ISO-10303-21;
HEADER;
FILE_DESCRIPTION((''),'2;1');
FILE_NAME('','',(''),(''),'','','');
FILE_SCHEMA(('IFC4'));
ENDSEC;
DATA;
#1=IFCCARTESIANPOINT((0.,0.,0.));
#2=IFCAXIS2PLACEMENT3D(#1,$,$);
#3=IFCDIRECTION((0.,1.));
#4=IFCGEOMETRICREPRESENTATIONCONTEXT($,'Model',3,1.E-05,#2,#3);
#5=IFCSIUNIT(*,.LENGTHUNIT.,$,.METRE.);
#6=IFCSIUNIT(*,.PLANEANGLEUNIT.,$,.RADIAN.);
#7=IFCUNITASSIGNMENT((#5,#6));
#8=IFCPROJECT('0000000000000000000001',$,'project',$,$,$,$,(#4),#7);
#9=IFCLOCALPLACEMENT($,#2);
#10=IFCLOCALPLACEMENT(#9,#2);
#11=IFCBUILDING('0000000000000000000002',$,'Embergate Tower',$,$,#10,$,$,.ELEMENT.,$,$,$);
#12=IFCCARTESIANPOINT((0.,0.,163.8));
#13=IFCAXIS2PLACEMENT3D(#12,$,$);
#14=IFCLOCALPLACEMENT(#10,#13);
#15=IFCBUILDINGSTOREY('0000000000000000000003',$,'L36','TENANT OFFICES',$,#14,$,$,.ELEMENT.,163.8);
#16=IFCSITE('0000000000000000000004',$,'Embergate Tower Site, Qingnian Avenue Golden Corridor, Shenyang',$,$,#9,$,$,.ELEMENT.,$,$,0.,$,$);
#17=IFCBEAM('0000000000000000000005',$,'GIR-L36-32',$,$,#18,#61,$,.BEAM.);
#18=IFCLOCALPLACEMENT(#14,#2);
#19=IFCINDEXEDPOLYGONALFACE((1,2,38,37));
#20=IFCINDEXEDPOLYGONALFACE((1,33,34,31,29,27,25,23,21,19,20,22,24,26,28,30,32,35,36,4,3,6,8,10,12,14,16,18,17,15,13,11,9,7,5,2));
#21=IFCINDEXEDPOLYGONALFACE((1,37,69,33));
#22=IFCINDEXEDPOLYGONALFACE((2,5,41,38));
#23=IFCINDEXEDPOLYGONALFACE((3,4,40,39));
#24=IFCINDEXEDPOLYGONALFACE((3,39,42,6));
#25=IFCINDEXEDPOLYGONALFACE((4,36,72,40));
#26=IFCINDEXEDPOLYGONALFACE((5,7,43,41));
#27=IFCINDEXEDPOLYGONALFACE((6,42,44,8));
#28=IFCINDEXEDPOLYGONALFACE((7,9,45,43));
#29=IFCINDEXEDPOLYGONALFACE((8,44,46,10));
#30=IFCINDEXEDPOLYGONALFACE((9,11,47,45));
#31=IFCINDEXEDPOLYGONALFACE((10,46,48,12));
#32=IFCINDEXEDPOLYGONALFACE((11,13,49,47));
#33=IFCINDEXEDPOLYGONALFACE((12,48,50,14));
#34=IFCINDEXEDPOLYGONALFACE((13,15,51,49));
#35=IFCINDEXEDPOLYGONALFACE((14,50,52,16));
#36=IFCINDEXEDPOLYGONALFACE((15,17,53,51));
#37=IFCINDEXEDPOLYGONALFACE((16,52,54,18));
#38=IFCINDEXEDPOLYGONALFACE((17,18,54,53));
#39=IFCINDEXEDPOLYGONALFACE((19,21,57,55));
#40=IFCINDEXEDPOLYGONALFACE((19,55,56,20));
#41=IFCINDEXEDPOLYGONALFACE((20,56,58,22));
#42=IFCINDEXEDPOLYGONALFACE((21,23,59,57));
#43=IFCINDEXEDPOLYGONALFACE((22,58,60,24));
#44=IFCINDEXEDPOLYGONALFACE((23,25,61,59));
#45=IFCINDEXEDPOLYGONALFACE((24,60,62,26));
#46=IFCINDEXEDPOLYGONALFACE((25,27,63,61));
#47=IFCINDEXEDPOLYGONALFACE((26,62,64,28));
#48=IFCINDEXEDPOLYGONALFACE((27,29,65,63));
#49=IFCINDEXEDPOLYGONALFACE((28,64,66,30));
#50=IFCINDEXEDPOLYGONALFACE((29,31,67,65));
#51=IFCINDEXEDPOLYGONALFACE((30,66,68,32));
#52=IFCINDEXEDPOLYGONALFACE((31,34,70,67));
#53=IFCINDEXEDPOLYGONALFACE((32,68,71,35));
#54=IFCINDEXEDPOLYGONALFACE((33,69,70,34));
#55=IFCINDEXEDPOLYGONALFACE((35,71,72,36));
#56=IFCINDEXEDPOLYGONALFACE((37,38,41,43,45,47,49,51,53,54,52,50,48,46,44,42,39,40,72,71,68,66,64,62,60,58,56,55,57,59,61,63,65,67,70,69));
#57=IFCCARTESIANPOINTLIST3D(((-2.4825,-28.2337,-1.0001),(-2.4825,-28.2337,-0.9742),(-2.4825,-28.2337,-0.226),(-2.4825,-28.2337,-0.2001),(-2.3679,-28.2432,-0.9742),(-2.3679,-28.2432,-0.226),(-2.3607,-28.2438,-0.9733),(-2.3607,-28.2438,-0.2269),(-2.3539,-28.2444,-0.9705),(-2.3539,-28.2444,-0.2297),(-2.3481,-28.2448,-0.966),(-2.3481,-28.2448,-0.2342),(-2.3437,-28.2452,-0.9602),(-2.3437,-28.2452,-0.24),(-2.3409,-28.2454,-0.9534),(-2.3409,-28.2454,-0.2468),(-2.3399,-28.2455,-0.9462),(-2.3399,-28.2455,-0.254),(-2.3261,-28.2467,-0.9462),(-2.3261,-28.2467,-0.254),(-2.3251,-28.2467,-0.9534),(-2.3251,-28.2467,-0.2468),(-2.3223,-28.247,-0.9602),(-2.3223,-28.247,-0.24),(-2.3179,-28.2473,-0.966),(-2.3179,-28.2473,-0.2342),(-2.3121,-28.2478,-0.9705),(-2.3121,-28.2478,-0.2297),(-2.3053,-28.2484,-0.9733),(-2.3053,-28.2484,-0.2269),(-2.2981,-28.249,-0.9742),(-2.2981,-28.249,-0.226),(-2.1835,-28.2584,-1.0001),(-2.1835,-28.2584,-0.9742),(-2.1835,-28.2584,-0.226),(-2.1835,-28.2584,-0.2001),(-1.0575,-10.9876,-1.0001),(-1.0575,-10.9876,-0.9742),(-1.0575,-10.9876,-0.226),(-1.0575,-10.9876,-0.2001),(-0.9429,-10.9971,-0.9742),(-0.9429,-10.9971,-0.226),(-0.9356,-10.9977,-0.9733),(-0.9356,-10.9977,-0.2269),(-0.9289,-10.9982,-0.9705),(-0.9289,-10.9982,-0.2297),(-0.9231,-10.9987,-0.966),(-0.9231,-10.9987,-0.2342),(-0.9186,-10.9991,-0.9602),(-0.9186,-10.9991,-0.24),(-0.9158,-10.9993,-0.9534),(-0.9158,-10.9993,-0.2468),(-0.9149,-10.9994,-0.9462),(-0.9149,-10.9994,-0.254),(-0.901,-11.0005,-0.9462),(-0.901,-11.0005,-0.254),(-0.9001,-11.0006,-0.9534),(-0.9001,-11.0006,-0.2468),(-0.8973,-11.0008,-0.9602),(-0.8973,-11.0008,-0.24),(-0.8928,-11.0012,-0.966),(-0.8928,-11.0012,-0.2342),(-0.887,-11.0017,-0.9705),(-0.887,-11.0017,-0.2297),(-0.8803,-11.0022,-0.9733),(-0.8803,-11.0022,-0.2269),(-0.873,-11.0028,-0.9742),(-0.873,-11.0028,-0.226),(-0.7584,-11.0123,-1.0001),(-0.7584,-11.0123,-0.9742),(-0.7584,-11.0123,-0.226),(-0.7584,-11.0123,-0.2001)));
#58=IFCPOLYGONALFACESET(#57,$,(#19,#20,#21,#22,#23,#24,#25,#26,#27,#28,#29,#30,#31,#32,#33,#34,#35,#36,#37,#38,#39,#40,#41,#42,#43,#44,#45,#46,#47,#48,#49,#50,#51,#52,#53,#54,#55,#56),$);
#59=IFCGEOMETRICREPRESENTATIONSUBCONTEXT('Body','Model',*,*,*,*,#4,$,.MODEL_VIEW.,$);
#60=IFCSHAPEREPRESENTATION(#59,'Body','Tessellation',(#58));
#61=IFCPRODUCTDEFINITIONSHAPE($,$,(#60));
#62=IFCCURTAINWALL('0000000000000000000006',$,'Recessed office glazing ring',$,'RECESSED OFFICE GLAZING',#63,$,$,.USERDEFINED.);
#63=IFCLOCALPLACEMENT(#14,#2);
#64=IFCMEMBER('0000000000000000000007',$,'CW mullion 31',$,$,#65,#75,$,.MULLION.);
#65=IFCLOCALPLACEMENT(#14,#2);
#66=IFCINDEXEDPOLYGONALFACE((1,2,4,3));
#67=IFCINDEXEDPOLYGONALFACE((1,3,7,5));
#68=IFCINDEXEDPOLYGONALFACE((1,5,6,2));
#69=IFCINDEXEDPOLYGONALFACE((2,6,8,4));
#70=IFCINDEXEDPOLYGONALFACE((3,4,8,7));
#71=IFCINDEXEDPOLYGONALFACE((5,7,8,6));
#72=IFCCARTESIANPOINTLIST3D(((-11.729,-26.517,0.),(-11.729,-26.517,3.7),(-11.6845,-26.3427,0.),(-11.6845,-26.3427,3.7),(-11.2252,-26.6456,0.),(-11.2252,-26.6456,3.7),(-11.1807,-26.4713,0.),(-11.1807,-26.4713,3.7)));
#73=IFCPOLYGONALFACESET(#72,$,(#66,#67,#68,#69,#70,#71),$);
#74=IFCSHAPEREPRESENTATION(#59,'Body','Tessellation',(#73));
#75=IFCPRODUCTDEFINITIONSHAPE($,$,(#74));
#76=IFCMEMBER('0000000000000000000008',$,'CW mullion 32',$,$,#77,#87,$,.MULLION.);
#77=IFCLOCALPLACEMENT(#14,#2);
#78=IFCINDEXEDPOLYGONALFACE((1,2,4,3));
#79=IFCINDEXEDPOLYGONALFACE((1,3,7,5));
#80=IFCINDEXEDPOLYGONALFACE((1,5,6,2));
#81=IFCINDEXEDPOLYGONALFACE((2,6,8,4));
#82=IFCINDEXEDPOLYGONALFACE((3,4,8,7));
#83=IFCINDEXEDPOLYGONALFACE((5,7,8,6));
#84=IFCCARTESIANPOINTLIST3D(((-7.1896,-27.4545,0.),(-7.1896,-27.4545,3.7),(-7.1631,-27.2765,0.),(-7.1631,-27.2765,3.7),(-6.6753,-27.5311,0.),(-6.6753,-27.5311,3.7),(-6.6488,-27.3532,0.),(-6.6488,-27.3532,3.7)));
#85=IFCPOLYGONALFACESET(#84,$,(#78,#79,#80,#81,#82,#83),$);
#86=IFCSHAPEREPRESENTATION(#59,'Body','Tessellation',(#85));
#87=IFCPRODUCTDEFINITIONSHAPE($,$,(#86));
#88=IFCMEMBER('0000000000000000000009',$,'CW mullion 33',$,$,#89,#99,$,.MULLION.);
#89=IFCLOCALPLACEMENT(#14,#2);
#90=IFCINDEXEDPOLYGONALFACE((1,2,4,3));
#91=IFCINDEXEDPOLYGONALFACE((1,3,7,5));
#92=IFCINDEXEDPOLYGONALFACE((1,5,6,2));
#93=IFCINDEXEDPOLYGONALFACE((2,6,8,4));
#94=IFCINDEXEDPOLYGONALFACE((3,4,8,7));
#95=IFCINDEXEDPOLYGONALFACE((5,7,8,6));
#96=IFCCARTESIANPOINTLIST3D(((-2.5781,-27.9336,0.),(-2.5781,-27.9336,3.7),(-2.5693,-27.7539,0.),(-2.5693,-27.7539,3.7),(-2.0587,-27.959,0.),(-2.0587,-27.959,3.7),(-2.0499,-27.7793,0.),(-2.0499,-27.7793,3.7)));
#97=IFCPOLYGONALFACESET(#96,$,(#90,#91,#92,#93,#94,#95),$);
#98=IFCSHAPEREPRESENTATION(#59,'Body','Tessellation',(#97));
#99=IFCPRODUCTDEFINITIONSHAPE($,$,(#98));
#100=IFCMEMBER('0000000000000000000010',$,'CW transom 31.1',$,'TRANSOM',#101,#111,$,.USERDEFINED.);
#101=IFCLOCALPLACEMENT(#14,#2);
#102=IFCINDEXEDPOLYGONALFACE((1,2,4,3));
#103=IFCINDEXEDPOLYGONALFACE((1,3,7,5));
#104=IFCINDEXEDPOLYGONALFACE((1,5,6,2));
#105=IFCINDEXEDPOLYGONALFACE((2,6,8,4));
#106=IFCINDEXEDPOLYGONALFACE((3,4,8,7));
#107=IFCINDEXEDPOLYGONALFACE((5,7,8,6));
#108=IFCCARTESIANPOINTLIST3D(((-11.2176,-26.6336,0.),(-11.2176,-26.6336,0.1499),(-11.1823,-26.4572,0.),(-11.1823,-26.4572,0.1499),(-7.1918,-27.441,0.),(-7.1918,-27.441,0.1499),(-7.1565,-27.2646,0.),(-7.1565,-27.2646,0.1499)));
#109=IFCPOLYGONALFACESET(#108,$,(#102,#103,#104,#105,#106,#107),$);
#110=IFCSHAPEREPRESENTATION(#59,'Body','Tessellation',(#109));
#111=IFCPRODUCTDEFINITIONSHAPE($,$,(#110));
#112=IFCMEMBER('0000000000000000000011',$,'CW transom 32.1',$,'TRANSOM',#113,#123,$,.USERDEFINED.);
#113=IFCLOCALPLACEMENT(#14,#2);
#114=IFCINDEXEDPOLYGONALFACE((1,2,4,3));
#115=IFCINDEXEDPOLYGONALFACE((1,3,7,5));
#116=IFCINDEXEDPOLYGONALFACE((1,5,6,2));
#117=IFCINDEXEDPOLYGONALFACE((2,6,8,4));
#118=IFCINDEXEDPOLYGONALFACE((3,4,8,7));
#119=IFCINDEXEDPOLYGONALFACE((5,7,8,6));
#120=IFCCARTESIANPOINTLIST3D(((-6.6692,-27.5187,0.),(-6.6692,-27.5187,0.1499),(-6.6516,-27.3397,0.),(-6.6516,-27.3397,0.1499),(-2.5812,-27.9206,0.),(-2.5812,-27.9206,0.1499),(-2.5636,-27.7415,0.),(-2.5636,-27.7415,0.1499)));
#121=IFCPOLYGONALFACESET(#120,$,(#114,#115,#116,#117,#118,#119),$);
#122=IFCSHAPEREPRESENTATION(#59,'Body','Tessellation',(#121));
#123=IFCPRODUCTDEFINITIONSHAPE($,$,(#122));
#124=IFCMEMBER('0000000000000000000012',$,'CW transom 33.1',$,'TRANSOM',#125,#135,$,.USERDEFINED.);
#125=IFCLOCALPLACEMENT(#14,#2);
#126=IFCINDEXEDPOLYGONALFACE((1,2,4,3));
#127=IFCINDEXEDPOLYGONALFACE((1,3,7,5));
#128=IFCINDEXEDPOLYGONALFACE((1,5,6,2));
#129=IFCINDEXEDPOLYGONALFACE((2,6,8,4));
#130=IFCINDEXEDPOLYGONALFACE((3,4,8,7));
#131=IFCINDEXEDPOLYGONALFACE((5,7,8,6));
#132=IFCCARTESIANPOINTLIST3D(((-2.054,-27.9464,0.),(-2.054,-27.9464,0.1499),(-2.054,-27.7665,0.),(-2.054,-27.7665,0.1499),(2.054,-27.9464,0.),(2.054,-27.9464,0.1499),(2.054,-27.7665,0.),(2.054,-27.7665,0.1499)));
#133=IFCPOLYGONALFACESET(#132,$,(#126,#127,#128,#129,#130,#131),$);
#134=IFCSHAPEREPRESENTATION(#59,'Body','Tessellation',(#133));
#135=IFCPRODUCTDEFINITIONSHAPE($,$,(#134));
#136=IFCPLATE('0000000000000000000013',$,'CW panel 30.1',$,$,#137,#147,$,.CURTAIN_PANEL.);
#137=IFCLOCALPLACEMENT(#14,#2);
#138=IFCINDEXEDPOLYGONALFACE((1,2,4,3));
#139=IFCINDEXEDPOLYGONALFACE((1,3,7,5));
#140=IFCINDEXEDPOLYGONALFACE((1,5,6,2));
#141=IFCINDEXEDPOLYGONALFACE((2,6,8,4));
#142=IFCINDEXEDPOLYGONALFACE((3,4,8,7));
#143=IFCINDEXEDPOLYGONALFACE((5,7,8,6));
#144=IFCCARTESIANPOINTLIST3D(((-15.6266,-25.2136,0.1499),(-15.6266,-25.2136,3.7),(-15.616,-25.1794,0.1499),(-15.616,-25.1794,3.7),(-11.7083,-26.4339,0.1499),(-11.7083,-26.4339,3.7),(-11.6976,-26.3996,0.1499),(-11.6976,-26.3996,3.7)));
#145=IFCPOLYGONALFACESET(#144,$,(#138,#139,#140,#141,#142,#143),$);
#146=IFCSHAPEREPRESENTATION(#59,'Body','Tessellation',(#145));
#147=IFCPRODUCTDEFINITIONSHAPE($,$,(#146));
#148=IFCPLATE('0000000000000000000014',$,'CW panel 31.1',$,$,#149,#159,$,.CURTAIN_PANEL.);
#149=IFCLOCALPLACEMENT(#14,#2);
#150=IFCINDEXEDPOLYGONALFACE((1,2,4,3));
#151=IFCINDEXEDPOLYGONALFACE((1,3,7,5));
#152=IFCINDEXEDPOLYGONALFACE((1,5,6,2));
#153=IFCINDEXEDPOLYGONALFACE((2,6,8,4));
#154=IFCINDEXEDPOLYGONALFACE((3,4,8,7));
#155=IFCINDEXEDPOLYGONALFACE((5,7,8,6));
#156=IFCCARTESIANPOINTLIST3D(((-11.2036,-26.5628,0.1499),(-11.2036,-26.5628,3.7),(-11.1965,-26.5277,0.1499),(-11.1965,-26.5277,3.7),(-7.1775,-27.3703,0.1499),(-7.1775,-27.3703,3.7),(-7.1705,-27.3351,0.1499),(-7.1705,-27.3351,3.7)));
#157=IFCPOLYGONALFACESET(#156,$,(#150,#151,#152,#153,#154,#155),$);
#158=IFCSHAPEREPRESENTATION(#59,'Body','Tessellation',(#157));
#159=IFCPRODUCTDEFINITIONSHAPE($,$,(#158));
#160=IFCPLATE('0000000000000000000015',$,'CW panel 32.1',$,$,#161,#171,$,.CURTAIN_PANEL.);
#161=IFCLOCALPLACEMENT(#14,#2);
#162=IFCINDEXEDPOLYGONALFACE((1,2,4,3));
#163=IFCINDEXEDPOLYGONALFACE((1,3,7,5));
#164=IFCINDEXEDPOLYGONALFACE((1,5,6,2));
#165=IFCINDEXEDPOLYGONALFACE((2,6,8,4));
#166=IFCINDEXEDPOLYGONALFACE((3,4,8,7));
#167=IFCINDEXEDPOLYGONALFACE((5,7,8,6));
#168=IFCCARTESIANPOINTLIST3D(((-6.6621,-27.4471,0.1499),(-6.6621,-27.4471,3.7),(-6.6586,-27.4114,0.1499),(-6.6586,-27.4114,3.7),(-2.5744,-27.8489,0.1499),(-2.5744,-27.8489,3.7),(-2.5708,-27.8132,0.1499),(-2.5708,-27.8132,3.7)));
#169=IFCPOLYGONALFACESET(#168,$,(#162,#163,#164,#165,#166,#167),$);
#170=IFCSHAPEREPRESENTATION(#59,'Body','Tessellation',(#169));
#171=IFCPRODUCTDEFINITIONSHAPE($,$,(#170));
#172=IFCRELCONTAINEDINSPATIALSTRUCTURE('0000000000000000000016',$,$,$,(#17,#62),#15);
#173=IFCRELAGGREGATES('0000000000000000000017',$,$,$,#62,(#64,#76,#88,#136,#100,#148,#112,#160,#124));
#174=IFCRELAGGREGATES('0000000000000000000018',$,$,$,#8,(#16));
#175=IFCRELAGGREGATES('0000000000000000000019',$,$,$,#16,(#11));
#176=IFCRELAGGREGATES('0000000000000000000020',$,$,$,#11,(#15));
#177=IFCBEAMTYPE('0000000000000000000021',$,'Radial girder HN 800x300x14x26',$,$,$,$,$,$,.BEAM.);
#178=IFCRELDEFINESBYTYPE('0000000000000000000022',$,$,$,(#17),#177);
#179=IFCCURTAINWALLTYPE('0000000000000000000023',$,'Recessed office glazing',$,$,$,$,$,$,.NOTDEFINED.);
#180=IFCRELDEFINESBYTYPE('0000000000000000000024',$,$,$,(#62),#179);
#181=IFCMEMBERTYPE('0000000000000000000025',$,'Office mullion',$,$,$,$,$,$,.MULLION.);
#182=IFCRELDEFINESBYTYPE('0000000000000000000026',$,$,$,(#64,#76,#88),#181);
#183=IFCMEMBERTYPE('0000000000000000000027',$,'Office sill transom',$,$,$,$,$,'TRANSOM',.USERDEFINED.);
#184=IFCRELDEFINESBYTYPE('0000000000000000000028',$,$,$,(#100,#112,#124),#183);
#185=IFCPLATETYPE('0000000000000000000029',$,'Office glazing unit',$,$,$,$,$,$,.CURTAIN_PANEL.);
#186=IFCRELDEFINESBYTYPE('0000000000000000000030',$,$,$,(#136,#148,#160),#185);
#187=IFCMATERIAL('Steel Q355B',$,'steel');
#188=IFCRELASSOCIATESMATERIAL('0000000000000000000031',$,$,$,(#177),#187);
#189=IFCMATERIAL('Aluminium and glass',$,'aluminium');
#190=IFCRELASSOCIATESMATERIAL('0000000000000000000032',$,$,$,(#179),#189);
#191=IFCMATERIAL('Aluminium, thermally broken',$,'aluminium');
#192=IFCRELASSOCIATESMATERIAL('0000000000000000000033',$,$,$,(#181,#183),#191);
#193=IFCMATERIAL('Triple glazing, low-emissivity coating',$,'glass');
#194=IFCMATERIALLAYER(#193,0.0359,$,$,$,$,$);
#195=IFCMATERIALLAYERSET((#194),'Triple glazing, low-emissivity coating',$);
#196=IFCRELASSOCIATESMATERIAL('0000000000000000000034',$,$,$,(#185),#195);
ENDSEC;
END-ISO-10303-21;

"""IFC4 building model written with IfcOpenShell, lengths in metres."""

from ifc_helpers import new_model, si_unit, direction, frame, origin, origin_2d, place, context, subcontext, project, spatial, rectangle, i_section, extrude, source, transform, mapped, material, layer, layer_set, material_profile, profile_set, type_object, element, aggregate, save


model = new_model("IFC4")

# Units and contexts
model_context = context("Model", 3, precision=1e-05, world=origin(), true_north=direction((0.0, 1.0)))
body_context = subcontext(model_context, "Body", "Model", "MODEL_VIEW")
ifc_project = project(units=[si_unit("LENGTHUNIT", "METRE"), si_unit("PLANEANGLEUNIT", "RADIAN")], contexts=[model_context])

# Site, building, storey
site_placement = place(None, origin())
site = spatial("IfcSite", under=ifc_project, at=site_placement, Name="Embergate Tower Site, Qingnian Avenue Golden Corridor, Shenyang", CompositionType="ELEMENT", RefElevation=0.0)
building_placement = place(site_placement, origin())
building = spatial("IfcBuilding", under=site, at=building_placement, Name="Embergate Tower", CompositionType="ELEMENT")
storey_placement = place(building_placement, frame((0.0, 0.0, 163.8)))
storey = spatial("IfcBuildingStorey", under=building, at=storey_placement, Name="L36", Description="TENANT OFFICES", CompositionType="ELEMENT", Elevation=163.8)

# Beam
ifc_material_1 = material(Name="Steel Q355B", Category="steel")
ifc_material_profile_1 = material_profile(ifc_material_1, i_section(OverallWidth=0.3, OverallDepth=0.8, WebThickness=0.0139, FlangeThickness=0.0259, FilletRadius=0.0281, at=origin_2d()), Name="HN 800x300x14x26")
ifc_profile_set_1 = profile_set([ifc_material_profile_1], Name="Steel Q355 grade B")
beam_type_1 = type_object("IfcBeamType", Name="Radial girder HN 800x300x14x26", PredefinedType="BEAM", material=ifc_profile_set_1)
shared_shape_1 = source(origin(), body_context, "Body", "SweptSolid", [
    extrude(i_section(OverallWidth=0.3, OverallDepth=0.8, WebThickness=0.0139, FlangeThickness=0.0259, FilletRadius=0.0281, at=origin_2d()), origin(), (0.0, 0.0, 1.0), 17.3049),
])
beam_1_placement = place(storey_placement, frame((-2.333, -28.2461, -0.6001), z_axis=(0.08235, 0.996604, 0.0), x_axis=(-0.996604, 0.08235, 0.0)))
element("IfcBeam", 1, at=beam_1_placement, inside=storey, type_object=beam_type_1, Name="GIR-L36-32", PredefinedType="BEAM", context=body_context, shape_type="MappedRepresentation", body=[
    mapped(shared_shape_1, transform((0.0, 0.0, 0.0))),
])

# Curtain wall, members
ifc_material_2 = material(Name="Aluminium and glass", Category="aluminium")
curtain_wall_type = type_object("IfcCurtainWallType", Name="Recessed office glazing", PredefinedType="NOTDEFINED", material=ifc_material_2)
curtain_wall_placement = place(storey_placement, origin())
curtain_wall = element("IfcCurtainWall", 2, at=curtain_wall_placement, inside=storey, type_object=curtain_wall_type, Name="Recessed office glazing ring", ObjectType="RECESSED OFFICE GLAZING", PredefinedType="USERDEFINED")
ifc_material_3 = material(Name="Aluminium, thermally broken", Category="aluminium")
ifc_material_profile_2 = material_profile(ifc_material_3, rectangle(XDim=0.1799, YDim=0.52, at=origin_2d()), Name="AL 520x180")
ifc_profile_set_2 = profile_set([ifc_material_profile_2], Name="Aluminium, thermally broken")
member_type_1 = type_object("IfcMemberType", Name="Office mullion", PredefinedType="MULLION", material=ifc_profile_set_2)
shared_shape_2 = source(origin(), body_context, "Body", "SweptSolid", [
    extrude(rectangle(XDim=0.1799, YDim=0.52, at=origin_2d()), origin(), (0.0, 0.0, 1.0), 3.7),
])
member_1_placement = place(storey_placement, frame((-11.4548, -26.4941, 0.0), z_axis=(0.0, 0.0, 1.0), x_axis=(0.247312, 0.968936, 0.0)))
member_1 = element("IfcMember", 3, at=member_1_placement, type_object=member_type_1, Name="CW mullion 31", PredefinedType="MULLION", context=body_context, shape_type="MappedRepresentation", body=[
    mapped(shared_shape_2, transform((0.0, 0.0, 0.0))),
])
member_2_placement = place(storey_placement, frame((-6.9192, -27.4038, 0.0), z_axis=(0.0, 0.0, 1.0), x_axis=(0.147412, 0.989075, 0.0)))
member_2 = element("IfcMember", 4, at=member_2_placement, type_object=member_type_1, Name="CW mullion 32", PredefinedType="MULLION", context=body_context, shape_type="MappedRepresentation", body=[
    mapped(shared_shape_2, transform((0.0, 0.0, 0.0))),
])
member_3_placement = place(storey_placement, frame((-2.314, -27.8564, 0.0), z_axis=(0.0, 0.0, 1.0), x_axis=(0.048972, 0.9988, 0.0)))
member_3 = element("IfcMember", 5, at=member_3_placement, type_object=member_type_1, Name="CW mullion 33", PredefinedType="MULLION", context=body_context, shape_type="MappedRepresentation", body=[
    mapped(shared_shape_2, transform((0.0, 0.0, 0.0))),
])
ifc_material_profile_3 = material_profile(ifc_material_3, rectangle(XDim=0.1799, YDim=0.1499, at=origin_2d()), Name="AL 150x180")
ifc_profile_set_3 = profile_set([ifc_material_profile_3], Name="Aluminium, thermally broken")
member_type_2 = type_object("IfcMemberType", Name="Office sill transom", ElementType="TRANSOM", PredefinedType="USERDEFINED", material=ifc_profile_set_3)
shared_shape_3 = source(origin(), body_context, "Body", "SweptSolid", [
    extrude(rectangle(XDim=0.1799, YDim=0.1499, at=origin_2d()), origin(), (0.0, 0.0, 1.0), 4.106),
])
member_4_placement = place(storey_placement, frame((-11.2, -26.5454, 0.075), z_axis=(0.980478, -0.196631, 0.0), x_axis=(0.196631, 0.980478, 0.0)))
member_4 = element("IfcMember", 6, at=member_4_placement, type_object=member_type_2, Name="CW transom 31.1", ObjectType="TRANSOM", PredefinedType="USERDEFINED", context=body_context, shape_type="MappedRepresentation", body=[
    mapped(shared_shape_3, transform((0.0, 0.0, 0.0))),
])
shared_shape_4 = source(origin(), body_context, "Body", "SweptSolid", [
    extrude(rectangle(XDim=0.1799, YDim=0.1499, at=origin_2d()), origin(), (0.0, 0.0, 1.0), 4.1077),
])
member_5_placement = place(storey_placement, frame((-6.6604, -27.4292, 0.075), z_axis=(0.995203, -0.097832, 0.0), x_axis=(0.097832, 0.995203, 0.0)))
member_5 = element("IfcMember", 7, at=member_5_placement, type_object=member_type_2, Name="CW transom 32.1", ObjectType="TRANSOM", PredefinedType="USERDEFINED", context=body_context, shape_type="MappedRepresentation", body=[
    mapped(shared_shape_4, transform((0.0, 0.0, 0.0))),
])
shared_shape_5 = source(origin(), body_context, "Body", "SweptSolid", [
    extrude(rectangle(XDim=0.1799, YDim=0.1499, at=origin_2d()), origin(), (0.0, 0.0, 1.0), 4.1079),
])
member_6_placement = place(storey_placement, frame((-2.054, -27.8564, 0.075), z_axis=(1.0, 0.0, 0.0), x_axis=(0.0, 1.0, 0.0)))
member_6 = element("IfcMember", 8, at=member_6_placement, type_object=member_type_2, Name="CW transom 33.1", ObjectType="TRANSOM", PredefinedType="USERDEFINED", context=body_context, shape_type="MappedRepresentation", body=[
    mapped(shared_shape_5, transform((0.0, 0.0, 0.0))),
])

# Plates
ifc_material_4 = material(Name="Triple glazing, low-emissivity coating", Category="glass")
ifc_layer_1 = layer(ifc_material_4, 0.0359)
ifc_layer_set_1 = layer_set([ifc_layer_1], Name="Triple glazing, low-emissivity coating")
plate_type = type_object("IfcPlateType", Name="Office glazing unit", PredefinedType="CURTAIN_PANEL", material=ifc_layer_set_1)
shared_shape_6 = source(origin(), body_context, "Body", "SweptSolid", [
    extrude(rectangle(XDim=4.104, YDim=0.0359, at=origin_2d()), origin(), (0.0, 0.0, 1.0), 3.55),
])
plate_1_placement = place(storey_placement, frame((-13.6621, -25.8066, 0.1499), z_axis=(0.0, 0.0, 1.0), x_axis=(0.954772, -0.297338, 0.0)))
plate_1 = element("IfcPlate", 9, at=plate_1_placement, type_object=plate_type, Name="CW panel 30.1", PredefinedType="CURTAIN_PANEL", context=body_context, shape_type="MappedRepresentation", body=[
    mapped(shared_shape_6, transform((0.0, 0.0, 0.0))),
])
shared_shape_7 = source(origin(), body_context, "Body", "SweptSolid", [
    extrude(rectangle(XDim=4.1062, YDim=0.0359, at=origin_2d()), origin(), (0.0, 0.0, 1.0), 3.55),
])
plate_2_placement = place(storey_placement, frame((-9.187, -26.949, 0.1499), z_axis=(0.0, 0.0, 1.0), x_axis=(0.980476, -0.196639, 0.0)))
plate_2 = element("IfcPlate", 10, at=plate_2_placement, type_object=plate_type, Name="CW panel 31.1", PredefinedType="CURTAIN_PANEL", context=body_context, shape_type="MappedRepresentation", body=[
    mapped(shared_shape_7, transform((0.0, 0.0, 0.0))),
])
shared_shape_8 = source(origin(), body_context, "Body", "SweptSolid", [
    extrude(rectangle(XDim=4.1074, YDim=0.0359, at=origin_2d()), origin(), (0.0, 0.0, 1.0), 3.55),
])
plate_3_placement = place(storey_placement, frame((-4.6165, -27.6301, 0.1499), z_axis=(0.0, 0.0, 1.0), x_axis=(0.995203, -0.09783, 0.0)))
plate_3 = element("IfcPlate", 11, at=plate_3_placement, type_object=plate_type, Name="CW panel 32.1", PredefinedType="CURTAIN_PANEL", context=body_context, shape_type="MappedRepresentation", body=[
    mapped(shared_shape_8, transform((0.0, 0.0, 0.0))),
])
aggregate(curtain_wall, [member_1, member_2, member_3, plate_1, member_4, plate_2, member_5, plate_3, member_6])

save(model, "model.ifc")
